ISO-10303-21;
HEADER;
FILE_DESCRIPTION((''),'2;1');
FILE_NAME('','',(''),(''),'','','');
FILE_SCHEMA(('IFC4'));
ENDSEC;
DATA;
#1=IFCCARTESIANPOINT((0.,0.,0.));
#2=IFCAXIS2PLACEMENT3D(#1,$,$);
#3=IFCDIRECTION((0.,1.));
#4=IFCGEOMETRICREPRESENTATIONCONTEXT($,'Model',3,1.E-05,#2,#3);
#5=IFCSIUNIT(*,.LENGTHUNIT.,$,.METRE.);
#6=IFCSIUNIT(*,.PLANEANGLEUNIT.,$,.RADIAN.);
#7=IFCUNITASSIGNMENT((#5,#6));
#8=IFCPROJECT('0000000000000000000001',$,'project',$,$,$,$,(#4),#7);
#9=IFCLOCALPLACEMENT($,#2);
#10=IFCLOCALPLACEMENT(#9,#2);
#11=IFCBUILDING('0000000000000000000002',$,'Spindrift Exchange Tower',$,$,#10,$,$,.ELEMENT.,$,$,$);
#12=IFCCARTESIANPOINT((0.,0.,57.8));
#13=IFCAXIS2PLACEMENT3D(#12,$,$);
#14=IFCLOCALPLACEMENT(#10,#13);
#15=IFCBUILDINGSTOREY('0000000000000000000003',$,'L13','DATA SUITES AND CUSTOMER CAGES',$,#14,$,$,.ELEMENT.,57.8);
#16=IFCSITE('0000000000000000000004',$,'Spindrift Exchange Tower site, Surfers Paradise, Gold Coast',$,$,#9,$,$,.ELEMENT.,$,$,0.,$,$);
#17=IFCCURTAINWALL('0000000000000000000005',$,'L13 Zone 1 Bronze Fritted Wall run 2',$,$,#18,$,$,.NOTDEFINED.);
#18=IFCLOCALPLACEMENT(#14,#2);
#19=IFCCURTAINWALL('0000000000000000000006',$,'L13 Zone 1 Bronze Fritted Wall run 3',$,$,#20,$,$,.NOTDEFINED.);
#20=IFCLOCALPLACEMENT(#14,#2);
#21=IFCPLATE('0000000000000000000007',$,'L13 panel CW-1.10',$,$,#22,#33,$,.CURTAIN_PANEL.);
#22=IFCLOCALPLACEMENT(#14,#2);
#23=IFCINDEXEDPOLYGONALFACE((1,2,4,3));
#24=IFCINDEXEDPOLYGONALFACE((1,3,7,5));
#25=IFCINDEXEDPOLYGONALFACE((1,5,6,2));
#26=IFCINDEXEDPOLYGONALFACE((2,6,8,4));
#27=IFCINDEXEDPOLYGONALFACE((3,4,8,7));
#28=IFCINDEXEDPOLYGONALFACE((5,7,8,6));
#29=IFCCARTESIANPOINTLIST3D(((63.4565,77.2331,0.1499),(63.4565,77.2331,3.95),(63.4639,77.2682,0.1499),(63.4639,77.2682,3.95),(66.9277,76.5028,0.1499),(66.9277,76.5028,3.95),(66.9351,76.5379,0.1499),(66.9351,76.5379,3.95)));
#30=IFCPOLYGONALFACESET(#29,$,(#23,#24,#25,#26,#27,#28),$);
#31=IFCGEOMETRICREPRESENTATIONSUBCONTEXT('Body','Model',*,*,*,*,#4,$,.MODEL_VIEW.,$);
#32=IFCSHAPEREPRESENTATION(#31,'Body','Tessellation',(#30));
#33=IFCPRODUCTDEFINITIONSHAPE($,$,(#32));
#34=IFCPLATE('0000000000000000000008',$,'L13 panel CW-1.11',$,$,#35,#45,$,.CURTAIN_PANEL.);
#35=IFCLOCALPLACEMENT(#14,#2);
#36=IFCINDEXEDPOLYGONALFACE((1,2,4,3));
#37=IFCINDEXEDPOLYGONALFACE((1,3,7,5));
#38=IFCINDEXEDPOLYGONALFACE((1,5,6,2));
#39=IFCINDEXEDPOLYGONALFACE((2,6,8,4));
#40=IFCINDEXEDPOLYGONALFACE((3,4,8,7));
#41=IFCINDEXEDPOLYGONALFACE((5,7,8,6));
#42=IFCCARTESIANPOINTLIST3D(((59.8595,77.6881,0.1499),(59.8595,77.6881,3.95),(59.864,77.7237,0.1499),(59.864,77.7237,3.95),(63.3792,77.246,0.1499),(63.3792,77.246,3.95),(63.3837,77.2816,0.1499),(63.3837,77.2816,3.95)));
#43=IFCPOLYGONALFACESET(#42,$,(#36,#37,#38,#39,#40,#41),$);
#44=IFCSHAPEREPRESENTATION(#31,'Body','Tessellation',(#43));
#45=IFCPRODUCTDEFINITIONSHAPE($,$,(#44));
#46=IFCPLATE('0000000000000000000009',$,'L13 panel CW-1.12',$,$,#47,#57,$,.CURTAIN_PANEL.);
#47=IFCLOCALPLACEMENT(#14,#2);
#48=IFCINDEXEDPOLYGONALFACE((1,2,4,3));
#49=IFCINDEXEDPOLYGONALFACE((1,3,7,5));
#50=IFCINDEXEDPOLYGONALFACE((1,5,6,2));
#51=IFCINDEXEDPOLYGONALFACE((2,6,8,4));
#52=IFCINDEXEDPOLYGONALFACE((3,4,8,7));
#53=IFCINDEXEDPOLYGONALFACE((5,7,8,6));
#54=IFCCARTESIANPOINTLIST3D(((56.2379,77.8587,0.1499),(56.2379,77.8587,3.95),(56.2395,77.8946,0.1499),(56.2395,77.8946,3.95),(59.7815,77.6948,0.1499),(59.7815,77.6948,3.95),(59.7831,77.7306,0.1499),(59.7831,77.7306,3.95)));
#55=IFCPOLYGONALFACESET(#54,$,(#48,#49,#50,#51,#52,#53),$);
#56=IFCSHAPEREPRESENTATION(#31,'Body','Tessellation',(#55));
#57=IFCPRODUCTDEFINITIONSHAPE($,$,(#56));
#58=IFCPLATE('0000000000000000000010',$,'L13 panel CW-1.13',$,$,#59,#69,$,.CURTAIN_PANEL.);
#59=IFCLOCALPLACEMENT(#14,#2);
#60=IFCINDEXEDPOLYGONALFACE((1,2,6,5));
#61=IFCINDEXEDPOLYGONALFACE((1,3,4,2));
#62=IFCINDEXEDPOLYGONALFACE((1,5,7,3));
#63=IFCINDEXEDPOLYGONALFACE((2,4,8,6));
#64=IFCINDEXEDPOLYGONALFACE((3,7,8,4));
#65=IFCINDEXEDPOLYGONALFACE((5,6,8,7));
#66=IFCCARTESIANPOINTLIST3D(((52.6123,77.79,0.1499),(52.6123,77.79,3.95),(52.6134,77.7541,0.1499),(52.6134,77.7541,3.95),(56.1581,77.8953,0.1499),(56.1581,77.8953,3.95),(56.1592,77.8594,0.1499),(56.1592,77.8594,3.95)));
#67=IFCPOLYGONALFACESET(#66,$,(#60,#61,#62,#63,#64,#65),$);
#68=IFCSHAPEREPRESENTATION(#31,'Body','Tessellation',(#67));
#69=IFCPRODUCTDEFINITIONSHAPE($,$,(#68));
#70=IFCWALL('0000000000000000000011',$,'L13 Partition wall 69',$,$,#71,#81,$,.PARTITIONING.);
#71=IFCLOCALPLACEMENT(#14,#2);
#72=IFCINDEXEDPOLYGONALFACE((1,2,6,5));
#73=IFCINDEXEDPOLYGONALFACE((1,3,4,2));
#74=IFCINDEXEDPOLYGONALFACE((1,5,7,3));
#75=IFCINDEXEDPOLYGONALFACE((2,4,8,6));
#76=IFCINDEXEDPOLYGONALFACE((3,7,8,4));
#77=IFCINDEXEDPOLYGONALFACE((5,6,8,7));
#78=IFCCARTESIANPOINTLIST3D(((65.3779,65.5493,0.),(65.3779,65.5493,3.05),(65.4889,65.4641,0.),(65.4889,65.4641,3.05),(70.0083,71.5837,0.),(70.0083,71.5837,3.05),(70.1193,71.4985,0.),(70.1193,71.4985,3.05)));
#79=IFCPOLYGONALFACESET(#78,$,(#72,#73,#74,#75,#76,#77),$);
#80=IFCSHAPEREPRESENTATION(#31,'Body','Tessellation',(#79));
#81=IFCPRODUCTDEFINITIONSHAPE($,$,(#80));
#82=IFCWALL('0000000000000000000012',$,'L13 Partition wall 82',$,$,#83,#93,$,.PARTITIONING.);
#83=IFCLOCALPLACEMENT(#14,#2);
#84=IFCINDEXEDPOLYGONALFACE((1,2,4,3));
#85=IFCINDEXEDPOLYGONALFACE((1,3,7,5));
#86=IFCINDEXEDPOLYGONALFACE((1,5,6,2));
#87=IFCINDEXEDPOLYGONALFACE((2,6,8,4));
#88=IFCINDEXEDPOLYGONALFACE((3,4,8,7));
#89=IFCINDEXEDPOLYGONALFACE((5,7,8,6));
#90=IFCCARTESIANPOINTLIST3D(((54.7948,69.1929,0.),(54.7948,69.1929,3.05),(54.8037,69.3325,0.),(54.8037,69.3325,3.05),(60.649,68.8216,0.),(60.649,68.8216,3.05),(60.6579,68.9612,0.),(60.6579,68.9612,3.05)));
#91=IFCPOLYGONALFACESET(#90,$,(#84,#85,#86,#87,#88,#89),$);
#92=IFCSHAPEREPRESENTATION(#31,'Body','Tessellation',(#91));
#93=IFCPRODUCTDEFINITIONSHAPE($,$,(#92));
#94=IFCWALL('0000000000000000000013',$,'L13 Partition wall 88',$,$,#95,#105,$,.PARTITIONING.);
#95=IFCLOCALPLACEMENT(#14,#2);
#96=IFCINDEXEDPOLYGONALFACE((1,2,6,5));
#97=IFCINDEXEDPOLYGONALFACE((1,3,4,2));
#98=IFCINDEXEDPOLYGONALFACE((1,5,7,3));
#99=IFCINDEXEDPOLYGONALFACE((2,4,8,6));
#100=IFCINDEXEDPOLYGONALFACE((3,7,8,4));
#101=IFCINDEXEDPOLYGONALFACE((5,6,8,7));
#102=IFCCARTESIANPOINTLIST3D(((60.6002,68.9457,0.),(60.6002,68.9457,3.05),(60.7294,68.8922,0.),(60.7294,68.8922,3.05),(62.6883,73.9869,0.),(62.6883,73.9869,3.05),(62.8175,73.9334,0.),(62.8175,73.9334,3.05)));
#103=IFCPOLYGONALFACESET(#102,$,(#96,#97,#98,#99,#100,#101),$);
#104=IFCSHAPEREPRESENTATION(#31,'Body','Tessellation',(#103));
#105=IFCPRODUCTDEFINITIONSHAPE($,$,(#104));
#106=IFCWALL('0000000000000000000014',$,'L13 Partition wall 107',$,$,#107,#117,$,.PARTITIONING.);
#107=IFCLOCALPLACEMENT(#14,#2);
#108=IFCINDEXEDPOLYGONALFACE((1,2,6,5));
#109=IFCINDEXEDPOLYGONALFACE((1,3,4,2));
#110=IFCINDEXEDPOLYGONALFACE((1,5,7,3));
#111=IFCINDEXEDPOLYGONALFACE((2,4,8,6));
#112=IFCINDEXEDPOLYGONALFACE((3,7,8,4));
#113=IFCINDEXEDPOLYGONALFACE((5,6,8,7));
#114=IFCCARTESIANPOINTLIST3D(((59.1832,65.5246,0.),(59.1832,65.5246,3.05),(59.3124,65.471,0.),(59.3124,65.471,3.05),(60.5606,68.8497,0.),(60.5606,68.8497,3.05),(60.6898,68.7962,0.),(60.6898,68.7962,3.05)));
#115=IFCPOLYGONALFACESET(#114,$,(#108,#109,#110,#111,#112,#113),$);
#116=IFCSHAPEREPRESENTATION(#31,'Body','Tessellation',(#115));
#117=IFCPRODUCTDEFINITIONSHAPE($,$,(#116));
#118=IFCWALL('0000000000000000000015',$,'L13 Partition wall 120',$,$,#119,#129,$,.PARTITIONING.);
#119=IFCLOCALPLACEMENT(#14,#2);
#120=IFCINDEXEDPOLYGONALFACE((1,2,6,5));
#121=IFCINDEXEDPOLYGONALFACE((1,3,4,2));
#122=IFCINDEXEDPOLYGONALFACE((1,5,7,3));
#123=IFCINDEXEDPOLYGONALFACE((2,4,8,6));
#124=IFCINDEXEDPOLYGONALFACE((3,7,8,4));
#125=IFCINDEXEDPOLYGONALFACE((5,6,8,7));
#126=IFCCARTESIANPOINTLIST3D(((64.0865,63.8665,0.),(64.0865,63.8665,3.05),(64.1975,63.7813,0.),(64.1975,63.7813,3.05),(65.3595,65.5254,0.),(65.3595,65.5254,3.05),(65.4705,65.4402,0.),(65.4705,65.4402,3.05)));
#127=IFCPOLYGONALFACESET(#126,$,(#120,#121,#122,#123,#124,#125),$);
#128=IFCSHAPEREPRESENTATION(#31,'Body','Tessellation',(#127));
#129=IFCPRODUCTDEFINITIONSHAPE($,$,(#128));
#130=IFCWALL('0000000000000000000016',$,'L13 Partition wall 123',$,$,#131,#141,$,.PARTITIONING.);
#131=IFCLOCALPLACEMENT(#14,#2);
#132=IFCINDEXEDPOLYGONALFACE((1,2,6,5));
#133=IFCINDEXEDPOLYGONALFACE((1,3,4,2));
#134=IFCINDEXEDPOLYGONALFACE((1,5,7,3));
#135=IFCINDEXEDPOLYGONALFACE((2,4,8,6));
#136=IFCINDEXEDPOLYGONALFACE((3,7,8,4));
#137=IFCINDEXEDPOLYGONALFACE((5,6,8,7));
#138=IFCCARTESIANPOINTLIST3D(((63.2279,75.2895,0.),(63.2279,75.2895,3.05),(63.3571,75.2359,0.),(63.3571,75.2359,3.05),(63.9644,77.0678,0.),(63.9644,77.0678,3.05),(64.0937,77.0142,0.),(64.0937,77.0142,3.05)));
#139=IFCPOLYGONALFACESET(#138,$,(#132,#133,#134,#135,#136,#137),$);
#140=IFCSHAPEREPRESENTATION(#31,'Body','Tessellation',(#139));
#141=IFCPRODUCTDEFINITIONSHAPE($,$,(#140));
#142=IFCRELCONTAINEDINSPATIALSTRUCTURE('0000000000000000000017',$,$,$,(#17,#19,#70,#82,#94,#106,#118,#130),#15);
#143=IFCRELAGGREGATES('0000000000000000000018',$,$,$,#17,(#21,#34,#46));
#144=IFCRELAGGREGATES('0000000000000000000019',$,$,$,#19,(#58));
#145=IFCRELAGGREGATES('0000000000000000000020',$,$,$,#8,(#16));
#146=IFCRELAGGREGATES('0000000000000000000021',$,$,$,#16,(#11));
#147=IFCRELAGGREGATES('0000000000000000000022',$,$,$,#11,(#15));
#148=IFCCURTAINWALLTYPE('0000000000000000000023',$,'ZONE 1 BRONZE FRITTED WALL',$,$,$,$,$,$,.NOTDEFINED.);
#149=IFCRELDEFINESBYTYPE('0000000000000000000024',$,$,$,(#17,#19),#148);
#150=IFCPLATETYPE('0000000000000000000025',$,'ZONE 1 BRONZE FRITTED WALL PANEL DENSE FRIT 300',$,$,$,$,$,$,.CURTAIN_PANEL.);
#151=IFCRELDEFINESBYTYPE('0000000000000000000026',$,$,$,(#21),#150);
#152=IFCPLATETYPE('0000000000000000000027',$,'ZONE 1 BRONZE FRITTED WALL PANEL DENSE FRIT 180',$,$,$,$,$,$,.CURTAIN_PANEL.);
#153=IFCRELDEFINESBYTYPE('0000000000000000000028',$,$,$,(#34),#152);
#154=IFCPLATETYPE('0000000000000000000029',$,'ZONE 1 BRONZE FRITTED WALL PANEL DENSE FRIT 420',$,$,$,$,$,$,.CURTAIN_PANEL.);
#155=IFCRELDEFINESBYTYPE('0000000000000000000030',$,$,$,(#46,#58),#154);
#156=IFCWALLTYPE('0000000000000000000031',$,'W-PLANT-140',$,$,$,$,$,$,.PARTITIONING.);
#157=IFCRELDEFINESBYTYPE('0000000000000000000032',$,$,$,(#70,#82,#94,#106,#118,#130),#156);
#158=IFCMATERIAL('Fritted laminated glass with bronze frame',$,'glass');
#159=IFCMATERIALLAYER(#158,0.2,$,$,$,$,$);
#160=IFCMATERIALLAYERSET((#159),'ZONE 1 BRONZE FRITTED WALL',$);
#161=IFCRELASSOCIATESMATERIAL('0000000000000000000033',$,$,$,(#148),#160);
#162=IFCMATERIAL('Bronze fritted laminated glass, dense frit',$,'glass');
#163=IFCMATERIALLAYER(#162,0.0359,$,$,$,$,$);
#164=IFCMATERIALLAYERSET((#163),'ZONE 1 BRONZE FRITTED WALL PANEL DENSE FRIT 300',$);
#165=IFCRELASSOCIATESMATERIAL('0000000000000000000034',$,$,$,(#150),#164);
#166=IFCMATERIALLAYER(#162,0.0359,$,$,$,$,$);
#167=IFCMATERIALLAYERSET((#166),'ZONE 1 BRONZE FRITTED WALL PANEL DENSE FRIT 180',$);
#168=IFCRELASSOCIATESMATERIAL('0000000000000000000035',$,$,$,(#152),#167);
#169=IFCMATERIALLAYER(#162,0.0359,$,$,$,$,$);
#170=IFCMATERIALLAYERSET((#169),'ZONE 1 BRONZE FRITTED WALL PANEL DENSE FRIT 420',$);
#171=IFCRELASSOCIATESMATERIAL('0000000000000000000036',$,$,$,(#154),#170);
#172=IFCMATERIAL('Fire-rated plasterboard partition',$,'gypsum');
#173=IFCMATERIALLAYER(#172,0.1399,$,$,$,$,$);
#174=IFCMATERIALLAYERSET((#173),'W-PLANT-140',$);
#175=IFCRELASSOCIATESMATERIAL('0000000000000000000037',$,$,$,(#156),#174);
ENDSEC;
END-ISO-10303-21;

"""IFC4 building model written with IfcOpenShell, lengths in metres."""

from ifc_helpers import new_model, si_unit, direction, frame, frame_2d, origin, origin_2d, place, context, subcontext, project, spatial, rectangle, extrude, source, transform, mapped, material, layer, layer_set, type_object, element, aggregate, save


model = new_model("IFC4")

# Units and contexts
model_context = context("Model", 3, precision=1e-05, world=origin(), true_north=direction((0.0, 1.0)))
body_context = subcontext(model_context, "Body", "Model", "MODEL_VIEW")
ifc_project = project(units=[si_unit("LENGTHUNIT", "METRE"), si_unit("PLANEANGLEUNIT", "RADIAN")], contexts=[model_context])

# Site, building, storey
site_placement = place(None, origin())
site = spatial("IfcSite", under=ifc_project, at=site_placement, Name="Spindrift Exchange Tower site, Surfers Paradise, Gold Coast", CompositionType="ELEMENT", RefElevation=0.0)
building_placement = place(site_placement, origin())
building = spatial("IfcBuilding", under=site, at=building_placement, Name="Spindrift Exchange Tower", CompositionType="ELEMENT")
storey_placement = place(building_placement, frame((0.0, 0.0, 57.8)))
storey = spatial("IfcBuildingStorey", under=building, at=storey_placement, Name="L13", Description="DATA SUITES AND CUSTOMER CAGES", CompositionType="ELEMENT", Elevation=57.8)

# Curtain walls
ifc_material_1 = material(Name="Fritted laminated glass with bronze frame", Category="glass")
ifc_layer_1 = layer(ifc_material_1, 0.2)
ifc_layer_set_1 = layer_set([ifc_layer_1], Name="ZONE 1 BRONZE FRITTED WALL")
curtain_wall_type = type_object("IfcCurtainWallType", Name="ZONE 1 BRONZE FRITTED WALL", PredefinedType="NOTDEFINED", material=ifc_layer_set_1)
curtain_wall_1_placement = place(storey_placement, origin())
curtain_wall_1 = element("IfcCurtainWall", 1, at=curtain_wall_1_placement, inside=storey, type_object=curtain_wall_type, Name="L13 Zone 1 Bronze Fritted Wall run 2", PredefinedType="NOTDEFINED")
curtain_wall_2_placement = place(storey_placement, origin())
curtain_wall_2 = element("IfcCurtainWall", 2, at=curtain_wall_2_placement, inside=storey, type_object=curtain_wall_type, Name="L13 Zone 1 Bronze Fritted Wall run 3", PredefinedType="NOTDEFINED")

# Plates
ifc_material_2 = material(Name="Bronze fritted laminated glass, dense frit", Category="glass")
ifc_layer_2 = layer(ifc_material_2, 0.0359)
ifc_layer_set_2 = layer_set([ifc_layer_2], Name="ZONE 1 BRONZE FRITTED WALL PANEL DENSE FRIT 300")
plate_type_1 = type_object("IfcPlateType", Name="ZONE 1 BRONZE FRITTED WALL PANEL DENSE FRIT 300", PredefinedType="CURTAIN_PANEL", material=ifc_layer_set_2)
shared_shape_1 = source(origin(), body_context, "Body", "SweptSolid", [
    extrude(rectangle(XDim=3.5471, YDim=0.0359, at=origin_2d()), origin(), (0.0, 0.0, 1.0), 3.8),
])
plate_1_placement = place(storey_placement, frame((65.1958, 76.8855, 0.1499), z_axis=(0.0, 0.0, 1.0), x_axis=(-0.97858, 0.205868, 0.0)))
plate_1 = element("IfcPlate", 3, at=plate_1_placement, type_object=plate_type_1, Name="L13 panel CW-1.10", PredefinedType="CURTAIN_PANEL", context=body_context, shape_type="MappedRepresentation", body=[
    mapped(shared_shape_1, transform((0.0, 0.0, 0.0), scale=1.0)),
])
ifc_layer_3 = layer(ifc_material_2, 0.0359)
ifc_layer_set_3 = layer_set([ifc_layer_3], Name="ZONE 1 BRONZE FRITTED WALL PANEL DENSE FRIT 180")
plate_type_2 = type_object("IfcPlateType", Name="ZONE 1 BRONZE FRITTED WALL PANEL DENSE FRIT 180", PredefinedType="CURTAIN_PANEL", material=ifc_layer_set_3)
shared_shape_2 = source(origin(), body_context, "Body", "SweptSolid", [
    extrude(rectangle(XDim=3.5474, YDim=0.0359, at=origin_2d()), origin(), (0.0, 0.0, 1.0), 3.8),
])
plate_2_placement = place(storey_placement, frame((61.6216, 77.4849, 0.1499), z_axis=(0.0, 0.0, 1.0), x_axis=(-0.992206, 0.124611, 0.0)))
plate_2 = element("IfcPlate", 4, at=plate_2_placement, type_object=plate_type_2, Name="L13 panel CW-1.11", PredefinedType="CURTAIN_PANEL", context=body_context, shape_type="MappedRepresentation", body=[
    mapped(shared_shape_2, transform((0.0, 0.0, 0.0), scale=1.0)),
])
ifc_layer_4 = layer(ifc_material_2, 0.0359)
ifc_layer_set_4 = layer_set([ifc_layer_4], Name="ZONE 1 BRONZE FRITTED WALL PANEL DENSE FRIT 420")
plate_type_3 = type_object("IfcPlateType", Name="ZONE 1 BRONZE FRITTED WALL PANEL DENSE FRIT 420", PredefinedType="CURTAIN_PANEL", material=ifc_layer_set_4)
shared_shape_3 = source(origin(), body_context, "Body", "SweptSolid", [
    extrude(rectangle(XDim=3.5474, YDim=0.0359, at=origin_2d()), origin(), (0.0, 0.0, 1.0), 3.8),
])
plate_3_placement = place(storey_placement, frame((58.0105, 77.7947, 0.1499), z_axis=(0.0, 0.0, 1.0), x_axis=(-0.998932, 0.046205, 0.0)))
plate_3 = element("IfcPlate", 5, at=plate_3_placement, type_object=plate_type_3, Name="L13 panel CW-1.12", PredefinedType="CURTAIN_PANEL", context=body_context, shape_type="MappedRepresentation", body=[
    mapped(shared_shape_3, transform((0.0, 0.0, 0.0), scale=1.0)),
])
aggregate(curtain_wall_1, [plate_1, plate_2, plate_3])
plate_4_placement = place(storey_placement, frame((54.3857, 77.8247, 0.1499), z_axis=(0.0, 0.0, 1.0), x_axis=(-0.999559, -0.029691, 0.0)))
plate_4 = element("IfcPlate", 6, at=plate_4_placement, type_object=plate_type_3, Name="L13 panel CW-1.13", PredefinedType="CURTAIN_PANEL", context=body_context, shape_type="MappedRepresentation", body=[
    mapped(shared_shape_3, transform((0.0, 0.0, 0.0), scale=1.0)),
])
aggregate(curtain_wall_2, [plate_4])

# Walls
ifc_material_3 = material(Name="Fire-rated plasterboard partition", Category="gypsum")
ifc_layer_5 = layer(ifc_material_3, 0.1399)
ifc_layer_set_5 = layer_set([ifc_layer_5], Name="W-PLANT-140")
wall_type = type_object("IfcWallType", Name="W-PLANT-140", PredefinedType="PARTITIONING", material=ifc_layer_set_5)
wall_1_placement = place(storey_placement, frame((65.4333, 65.5066, 0.0), z_axis=(0.0, 0.0, 1.0), x_axis=(0.608761, 0.793354, 0.0)))
element("IfcWall", 7, at=wall_1_placement, inside=storey, type_object=wall_type, Name="L13 Partition wall 69", PredefinedType="PARTITIONING", context=body_context, shape_type="SweptSolid", body=[
    extrude(rectangle(XDim=7.6062, YDim=0.1399, at=frame_2d((3.8032, 0.0))), origin(), (0.0, 0.0, 1.0), 3.05),
])
wall_2_placement = place(storey_placement, frame((60.6536, 68.8914, 0.0), z_axis=(0.0, 0.0, 1.0), x_axis=(-0.997994, 0.063303, 0.0)))
element("IfcWall", 8, at=wall_2_placement, inside=storey, type_object=wall_type, Name="L13 Partition wall 82", PredefinedType="PARTITIONING", context=body_context, shape_type="SweptSolid", body=[
    extrude(rectangle(XDim=5.866, YDim=0.1399, at=frame_2d((2.9331, 0.0))), origin(), (0.0, 0.0, 1.0), 3.05),
])
wall_3_placement = place(storey_placement, frame((60.6648, 68.9189, 0.0), z_axis=(0.0, 0.0, 1.0), x_axis=(0.38268, 0.923881, 0.0)))
element("IfcWall", 9, at=wall_3_placement, inside=storey, type_object=wall_type, Name="L13 Partition wall 88", PredefinedType="PARTITIONING", context=body_context, shape_type="SweptSolid", body=[
    extrude(rectangle(XDim=5.4565, YDim=0.1399, at=frame_2d((2.7283, 0.0))), origin(), (0.0, 0.0, 1.0), 3.05),
])
wall_4_placement = place(storey_placement, frame((59.2478, 65.4978, 0.0), z_axis=(0.0, 0.0, 1.0), x_axis=(0.382707, 0.92387, 0.0)))
element("IfcWall", 10, at=wall_4_placement, inside=storey, type_object=wall_type, Name="L13 Partition wall 107", PredefinedType="PARTITIONING", context=body_context, shape_type="SweptSolid", body=[
    extrude(rectangle(XDim=3.5991, YDim=0.1399, at=frame_2d((1.7996, 0.0))), origin(), (0.0, 0.0, 1.0), 3.05),
])
wall_5_placement = place(storey_placement, frame((64.1421, 63.824, 0.0), z_axis=(0.0, 0.0, 1.0), x_axis=(0.608762, 0.793353, 0.0)))
element("IfcWall", 11, at=wall_5_placement, inside=storey, type_object=wall_type, Name="L13 Partition wall 120", PredefinedType="PARTITIONING", context=body_context, shape_type="SweptSolid", body=[
    extrude(rectangle(XDim=2.0911, YDim=0.1399, at=frame_2d((1.0454, 0.0))), origin(), (0.0, 0.0, 1.0), 3.05),
])
wall_6_placement = place(storey_placement, frame((63.2925, 75.2627, 0.0), z_axis=(0.0, 0.0, 1.0), x_axis=(0.382669, 0.923885, 0.0)))
element("IfcWall", 12, at=wall_6_placement, inside=storey, type_object=wall_type, Name="L13 Partition wall 123", PredefinedType="PARTITIONING", context=body_context, shape_type="SweptSolid", body=[
    extrude(rectangle(XDim=1.9248, YDim=0.1399, at=frame_2d((0.9624, 0.0))), origin(), (0.0, 0.0, 1.0), 3.05),
])

save(model, "model.ifc")
